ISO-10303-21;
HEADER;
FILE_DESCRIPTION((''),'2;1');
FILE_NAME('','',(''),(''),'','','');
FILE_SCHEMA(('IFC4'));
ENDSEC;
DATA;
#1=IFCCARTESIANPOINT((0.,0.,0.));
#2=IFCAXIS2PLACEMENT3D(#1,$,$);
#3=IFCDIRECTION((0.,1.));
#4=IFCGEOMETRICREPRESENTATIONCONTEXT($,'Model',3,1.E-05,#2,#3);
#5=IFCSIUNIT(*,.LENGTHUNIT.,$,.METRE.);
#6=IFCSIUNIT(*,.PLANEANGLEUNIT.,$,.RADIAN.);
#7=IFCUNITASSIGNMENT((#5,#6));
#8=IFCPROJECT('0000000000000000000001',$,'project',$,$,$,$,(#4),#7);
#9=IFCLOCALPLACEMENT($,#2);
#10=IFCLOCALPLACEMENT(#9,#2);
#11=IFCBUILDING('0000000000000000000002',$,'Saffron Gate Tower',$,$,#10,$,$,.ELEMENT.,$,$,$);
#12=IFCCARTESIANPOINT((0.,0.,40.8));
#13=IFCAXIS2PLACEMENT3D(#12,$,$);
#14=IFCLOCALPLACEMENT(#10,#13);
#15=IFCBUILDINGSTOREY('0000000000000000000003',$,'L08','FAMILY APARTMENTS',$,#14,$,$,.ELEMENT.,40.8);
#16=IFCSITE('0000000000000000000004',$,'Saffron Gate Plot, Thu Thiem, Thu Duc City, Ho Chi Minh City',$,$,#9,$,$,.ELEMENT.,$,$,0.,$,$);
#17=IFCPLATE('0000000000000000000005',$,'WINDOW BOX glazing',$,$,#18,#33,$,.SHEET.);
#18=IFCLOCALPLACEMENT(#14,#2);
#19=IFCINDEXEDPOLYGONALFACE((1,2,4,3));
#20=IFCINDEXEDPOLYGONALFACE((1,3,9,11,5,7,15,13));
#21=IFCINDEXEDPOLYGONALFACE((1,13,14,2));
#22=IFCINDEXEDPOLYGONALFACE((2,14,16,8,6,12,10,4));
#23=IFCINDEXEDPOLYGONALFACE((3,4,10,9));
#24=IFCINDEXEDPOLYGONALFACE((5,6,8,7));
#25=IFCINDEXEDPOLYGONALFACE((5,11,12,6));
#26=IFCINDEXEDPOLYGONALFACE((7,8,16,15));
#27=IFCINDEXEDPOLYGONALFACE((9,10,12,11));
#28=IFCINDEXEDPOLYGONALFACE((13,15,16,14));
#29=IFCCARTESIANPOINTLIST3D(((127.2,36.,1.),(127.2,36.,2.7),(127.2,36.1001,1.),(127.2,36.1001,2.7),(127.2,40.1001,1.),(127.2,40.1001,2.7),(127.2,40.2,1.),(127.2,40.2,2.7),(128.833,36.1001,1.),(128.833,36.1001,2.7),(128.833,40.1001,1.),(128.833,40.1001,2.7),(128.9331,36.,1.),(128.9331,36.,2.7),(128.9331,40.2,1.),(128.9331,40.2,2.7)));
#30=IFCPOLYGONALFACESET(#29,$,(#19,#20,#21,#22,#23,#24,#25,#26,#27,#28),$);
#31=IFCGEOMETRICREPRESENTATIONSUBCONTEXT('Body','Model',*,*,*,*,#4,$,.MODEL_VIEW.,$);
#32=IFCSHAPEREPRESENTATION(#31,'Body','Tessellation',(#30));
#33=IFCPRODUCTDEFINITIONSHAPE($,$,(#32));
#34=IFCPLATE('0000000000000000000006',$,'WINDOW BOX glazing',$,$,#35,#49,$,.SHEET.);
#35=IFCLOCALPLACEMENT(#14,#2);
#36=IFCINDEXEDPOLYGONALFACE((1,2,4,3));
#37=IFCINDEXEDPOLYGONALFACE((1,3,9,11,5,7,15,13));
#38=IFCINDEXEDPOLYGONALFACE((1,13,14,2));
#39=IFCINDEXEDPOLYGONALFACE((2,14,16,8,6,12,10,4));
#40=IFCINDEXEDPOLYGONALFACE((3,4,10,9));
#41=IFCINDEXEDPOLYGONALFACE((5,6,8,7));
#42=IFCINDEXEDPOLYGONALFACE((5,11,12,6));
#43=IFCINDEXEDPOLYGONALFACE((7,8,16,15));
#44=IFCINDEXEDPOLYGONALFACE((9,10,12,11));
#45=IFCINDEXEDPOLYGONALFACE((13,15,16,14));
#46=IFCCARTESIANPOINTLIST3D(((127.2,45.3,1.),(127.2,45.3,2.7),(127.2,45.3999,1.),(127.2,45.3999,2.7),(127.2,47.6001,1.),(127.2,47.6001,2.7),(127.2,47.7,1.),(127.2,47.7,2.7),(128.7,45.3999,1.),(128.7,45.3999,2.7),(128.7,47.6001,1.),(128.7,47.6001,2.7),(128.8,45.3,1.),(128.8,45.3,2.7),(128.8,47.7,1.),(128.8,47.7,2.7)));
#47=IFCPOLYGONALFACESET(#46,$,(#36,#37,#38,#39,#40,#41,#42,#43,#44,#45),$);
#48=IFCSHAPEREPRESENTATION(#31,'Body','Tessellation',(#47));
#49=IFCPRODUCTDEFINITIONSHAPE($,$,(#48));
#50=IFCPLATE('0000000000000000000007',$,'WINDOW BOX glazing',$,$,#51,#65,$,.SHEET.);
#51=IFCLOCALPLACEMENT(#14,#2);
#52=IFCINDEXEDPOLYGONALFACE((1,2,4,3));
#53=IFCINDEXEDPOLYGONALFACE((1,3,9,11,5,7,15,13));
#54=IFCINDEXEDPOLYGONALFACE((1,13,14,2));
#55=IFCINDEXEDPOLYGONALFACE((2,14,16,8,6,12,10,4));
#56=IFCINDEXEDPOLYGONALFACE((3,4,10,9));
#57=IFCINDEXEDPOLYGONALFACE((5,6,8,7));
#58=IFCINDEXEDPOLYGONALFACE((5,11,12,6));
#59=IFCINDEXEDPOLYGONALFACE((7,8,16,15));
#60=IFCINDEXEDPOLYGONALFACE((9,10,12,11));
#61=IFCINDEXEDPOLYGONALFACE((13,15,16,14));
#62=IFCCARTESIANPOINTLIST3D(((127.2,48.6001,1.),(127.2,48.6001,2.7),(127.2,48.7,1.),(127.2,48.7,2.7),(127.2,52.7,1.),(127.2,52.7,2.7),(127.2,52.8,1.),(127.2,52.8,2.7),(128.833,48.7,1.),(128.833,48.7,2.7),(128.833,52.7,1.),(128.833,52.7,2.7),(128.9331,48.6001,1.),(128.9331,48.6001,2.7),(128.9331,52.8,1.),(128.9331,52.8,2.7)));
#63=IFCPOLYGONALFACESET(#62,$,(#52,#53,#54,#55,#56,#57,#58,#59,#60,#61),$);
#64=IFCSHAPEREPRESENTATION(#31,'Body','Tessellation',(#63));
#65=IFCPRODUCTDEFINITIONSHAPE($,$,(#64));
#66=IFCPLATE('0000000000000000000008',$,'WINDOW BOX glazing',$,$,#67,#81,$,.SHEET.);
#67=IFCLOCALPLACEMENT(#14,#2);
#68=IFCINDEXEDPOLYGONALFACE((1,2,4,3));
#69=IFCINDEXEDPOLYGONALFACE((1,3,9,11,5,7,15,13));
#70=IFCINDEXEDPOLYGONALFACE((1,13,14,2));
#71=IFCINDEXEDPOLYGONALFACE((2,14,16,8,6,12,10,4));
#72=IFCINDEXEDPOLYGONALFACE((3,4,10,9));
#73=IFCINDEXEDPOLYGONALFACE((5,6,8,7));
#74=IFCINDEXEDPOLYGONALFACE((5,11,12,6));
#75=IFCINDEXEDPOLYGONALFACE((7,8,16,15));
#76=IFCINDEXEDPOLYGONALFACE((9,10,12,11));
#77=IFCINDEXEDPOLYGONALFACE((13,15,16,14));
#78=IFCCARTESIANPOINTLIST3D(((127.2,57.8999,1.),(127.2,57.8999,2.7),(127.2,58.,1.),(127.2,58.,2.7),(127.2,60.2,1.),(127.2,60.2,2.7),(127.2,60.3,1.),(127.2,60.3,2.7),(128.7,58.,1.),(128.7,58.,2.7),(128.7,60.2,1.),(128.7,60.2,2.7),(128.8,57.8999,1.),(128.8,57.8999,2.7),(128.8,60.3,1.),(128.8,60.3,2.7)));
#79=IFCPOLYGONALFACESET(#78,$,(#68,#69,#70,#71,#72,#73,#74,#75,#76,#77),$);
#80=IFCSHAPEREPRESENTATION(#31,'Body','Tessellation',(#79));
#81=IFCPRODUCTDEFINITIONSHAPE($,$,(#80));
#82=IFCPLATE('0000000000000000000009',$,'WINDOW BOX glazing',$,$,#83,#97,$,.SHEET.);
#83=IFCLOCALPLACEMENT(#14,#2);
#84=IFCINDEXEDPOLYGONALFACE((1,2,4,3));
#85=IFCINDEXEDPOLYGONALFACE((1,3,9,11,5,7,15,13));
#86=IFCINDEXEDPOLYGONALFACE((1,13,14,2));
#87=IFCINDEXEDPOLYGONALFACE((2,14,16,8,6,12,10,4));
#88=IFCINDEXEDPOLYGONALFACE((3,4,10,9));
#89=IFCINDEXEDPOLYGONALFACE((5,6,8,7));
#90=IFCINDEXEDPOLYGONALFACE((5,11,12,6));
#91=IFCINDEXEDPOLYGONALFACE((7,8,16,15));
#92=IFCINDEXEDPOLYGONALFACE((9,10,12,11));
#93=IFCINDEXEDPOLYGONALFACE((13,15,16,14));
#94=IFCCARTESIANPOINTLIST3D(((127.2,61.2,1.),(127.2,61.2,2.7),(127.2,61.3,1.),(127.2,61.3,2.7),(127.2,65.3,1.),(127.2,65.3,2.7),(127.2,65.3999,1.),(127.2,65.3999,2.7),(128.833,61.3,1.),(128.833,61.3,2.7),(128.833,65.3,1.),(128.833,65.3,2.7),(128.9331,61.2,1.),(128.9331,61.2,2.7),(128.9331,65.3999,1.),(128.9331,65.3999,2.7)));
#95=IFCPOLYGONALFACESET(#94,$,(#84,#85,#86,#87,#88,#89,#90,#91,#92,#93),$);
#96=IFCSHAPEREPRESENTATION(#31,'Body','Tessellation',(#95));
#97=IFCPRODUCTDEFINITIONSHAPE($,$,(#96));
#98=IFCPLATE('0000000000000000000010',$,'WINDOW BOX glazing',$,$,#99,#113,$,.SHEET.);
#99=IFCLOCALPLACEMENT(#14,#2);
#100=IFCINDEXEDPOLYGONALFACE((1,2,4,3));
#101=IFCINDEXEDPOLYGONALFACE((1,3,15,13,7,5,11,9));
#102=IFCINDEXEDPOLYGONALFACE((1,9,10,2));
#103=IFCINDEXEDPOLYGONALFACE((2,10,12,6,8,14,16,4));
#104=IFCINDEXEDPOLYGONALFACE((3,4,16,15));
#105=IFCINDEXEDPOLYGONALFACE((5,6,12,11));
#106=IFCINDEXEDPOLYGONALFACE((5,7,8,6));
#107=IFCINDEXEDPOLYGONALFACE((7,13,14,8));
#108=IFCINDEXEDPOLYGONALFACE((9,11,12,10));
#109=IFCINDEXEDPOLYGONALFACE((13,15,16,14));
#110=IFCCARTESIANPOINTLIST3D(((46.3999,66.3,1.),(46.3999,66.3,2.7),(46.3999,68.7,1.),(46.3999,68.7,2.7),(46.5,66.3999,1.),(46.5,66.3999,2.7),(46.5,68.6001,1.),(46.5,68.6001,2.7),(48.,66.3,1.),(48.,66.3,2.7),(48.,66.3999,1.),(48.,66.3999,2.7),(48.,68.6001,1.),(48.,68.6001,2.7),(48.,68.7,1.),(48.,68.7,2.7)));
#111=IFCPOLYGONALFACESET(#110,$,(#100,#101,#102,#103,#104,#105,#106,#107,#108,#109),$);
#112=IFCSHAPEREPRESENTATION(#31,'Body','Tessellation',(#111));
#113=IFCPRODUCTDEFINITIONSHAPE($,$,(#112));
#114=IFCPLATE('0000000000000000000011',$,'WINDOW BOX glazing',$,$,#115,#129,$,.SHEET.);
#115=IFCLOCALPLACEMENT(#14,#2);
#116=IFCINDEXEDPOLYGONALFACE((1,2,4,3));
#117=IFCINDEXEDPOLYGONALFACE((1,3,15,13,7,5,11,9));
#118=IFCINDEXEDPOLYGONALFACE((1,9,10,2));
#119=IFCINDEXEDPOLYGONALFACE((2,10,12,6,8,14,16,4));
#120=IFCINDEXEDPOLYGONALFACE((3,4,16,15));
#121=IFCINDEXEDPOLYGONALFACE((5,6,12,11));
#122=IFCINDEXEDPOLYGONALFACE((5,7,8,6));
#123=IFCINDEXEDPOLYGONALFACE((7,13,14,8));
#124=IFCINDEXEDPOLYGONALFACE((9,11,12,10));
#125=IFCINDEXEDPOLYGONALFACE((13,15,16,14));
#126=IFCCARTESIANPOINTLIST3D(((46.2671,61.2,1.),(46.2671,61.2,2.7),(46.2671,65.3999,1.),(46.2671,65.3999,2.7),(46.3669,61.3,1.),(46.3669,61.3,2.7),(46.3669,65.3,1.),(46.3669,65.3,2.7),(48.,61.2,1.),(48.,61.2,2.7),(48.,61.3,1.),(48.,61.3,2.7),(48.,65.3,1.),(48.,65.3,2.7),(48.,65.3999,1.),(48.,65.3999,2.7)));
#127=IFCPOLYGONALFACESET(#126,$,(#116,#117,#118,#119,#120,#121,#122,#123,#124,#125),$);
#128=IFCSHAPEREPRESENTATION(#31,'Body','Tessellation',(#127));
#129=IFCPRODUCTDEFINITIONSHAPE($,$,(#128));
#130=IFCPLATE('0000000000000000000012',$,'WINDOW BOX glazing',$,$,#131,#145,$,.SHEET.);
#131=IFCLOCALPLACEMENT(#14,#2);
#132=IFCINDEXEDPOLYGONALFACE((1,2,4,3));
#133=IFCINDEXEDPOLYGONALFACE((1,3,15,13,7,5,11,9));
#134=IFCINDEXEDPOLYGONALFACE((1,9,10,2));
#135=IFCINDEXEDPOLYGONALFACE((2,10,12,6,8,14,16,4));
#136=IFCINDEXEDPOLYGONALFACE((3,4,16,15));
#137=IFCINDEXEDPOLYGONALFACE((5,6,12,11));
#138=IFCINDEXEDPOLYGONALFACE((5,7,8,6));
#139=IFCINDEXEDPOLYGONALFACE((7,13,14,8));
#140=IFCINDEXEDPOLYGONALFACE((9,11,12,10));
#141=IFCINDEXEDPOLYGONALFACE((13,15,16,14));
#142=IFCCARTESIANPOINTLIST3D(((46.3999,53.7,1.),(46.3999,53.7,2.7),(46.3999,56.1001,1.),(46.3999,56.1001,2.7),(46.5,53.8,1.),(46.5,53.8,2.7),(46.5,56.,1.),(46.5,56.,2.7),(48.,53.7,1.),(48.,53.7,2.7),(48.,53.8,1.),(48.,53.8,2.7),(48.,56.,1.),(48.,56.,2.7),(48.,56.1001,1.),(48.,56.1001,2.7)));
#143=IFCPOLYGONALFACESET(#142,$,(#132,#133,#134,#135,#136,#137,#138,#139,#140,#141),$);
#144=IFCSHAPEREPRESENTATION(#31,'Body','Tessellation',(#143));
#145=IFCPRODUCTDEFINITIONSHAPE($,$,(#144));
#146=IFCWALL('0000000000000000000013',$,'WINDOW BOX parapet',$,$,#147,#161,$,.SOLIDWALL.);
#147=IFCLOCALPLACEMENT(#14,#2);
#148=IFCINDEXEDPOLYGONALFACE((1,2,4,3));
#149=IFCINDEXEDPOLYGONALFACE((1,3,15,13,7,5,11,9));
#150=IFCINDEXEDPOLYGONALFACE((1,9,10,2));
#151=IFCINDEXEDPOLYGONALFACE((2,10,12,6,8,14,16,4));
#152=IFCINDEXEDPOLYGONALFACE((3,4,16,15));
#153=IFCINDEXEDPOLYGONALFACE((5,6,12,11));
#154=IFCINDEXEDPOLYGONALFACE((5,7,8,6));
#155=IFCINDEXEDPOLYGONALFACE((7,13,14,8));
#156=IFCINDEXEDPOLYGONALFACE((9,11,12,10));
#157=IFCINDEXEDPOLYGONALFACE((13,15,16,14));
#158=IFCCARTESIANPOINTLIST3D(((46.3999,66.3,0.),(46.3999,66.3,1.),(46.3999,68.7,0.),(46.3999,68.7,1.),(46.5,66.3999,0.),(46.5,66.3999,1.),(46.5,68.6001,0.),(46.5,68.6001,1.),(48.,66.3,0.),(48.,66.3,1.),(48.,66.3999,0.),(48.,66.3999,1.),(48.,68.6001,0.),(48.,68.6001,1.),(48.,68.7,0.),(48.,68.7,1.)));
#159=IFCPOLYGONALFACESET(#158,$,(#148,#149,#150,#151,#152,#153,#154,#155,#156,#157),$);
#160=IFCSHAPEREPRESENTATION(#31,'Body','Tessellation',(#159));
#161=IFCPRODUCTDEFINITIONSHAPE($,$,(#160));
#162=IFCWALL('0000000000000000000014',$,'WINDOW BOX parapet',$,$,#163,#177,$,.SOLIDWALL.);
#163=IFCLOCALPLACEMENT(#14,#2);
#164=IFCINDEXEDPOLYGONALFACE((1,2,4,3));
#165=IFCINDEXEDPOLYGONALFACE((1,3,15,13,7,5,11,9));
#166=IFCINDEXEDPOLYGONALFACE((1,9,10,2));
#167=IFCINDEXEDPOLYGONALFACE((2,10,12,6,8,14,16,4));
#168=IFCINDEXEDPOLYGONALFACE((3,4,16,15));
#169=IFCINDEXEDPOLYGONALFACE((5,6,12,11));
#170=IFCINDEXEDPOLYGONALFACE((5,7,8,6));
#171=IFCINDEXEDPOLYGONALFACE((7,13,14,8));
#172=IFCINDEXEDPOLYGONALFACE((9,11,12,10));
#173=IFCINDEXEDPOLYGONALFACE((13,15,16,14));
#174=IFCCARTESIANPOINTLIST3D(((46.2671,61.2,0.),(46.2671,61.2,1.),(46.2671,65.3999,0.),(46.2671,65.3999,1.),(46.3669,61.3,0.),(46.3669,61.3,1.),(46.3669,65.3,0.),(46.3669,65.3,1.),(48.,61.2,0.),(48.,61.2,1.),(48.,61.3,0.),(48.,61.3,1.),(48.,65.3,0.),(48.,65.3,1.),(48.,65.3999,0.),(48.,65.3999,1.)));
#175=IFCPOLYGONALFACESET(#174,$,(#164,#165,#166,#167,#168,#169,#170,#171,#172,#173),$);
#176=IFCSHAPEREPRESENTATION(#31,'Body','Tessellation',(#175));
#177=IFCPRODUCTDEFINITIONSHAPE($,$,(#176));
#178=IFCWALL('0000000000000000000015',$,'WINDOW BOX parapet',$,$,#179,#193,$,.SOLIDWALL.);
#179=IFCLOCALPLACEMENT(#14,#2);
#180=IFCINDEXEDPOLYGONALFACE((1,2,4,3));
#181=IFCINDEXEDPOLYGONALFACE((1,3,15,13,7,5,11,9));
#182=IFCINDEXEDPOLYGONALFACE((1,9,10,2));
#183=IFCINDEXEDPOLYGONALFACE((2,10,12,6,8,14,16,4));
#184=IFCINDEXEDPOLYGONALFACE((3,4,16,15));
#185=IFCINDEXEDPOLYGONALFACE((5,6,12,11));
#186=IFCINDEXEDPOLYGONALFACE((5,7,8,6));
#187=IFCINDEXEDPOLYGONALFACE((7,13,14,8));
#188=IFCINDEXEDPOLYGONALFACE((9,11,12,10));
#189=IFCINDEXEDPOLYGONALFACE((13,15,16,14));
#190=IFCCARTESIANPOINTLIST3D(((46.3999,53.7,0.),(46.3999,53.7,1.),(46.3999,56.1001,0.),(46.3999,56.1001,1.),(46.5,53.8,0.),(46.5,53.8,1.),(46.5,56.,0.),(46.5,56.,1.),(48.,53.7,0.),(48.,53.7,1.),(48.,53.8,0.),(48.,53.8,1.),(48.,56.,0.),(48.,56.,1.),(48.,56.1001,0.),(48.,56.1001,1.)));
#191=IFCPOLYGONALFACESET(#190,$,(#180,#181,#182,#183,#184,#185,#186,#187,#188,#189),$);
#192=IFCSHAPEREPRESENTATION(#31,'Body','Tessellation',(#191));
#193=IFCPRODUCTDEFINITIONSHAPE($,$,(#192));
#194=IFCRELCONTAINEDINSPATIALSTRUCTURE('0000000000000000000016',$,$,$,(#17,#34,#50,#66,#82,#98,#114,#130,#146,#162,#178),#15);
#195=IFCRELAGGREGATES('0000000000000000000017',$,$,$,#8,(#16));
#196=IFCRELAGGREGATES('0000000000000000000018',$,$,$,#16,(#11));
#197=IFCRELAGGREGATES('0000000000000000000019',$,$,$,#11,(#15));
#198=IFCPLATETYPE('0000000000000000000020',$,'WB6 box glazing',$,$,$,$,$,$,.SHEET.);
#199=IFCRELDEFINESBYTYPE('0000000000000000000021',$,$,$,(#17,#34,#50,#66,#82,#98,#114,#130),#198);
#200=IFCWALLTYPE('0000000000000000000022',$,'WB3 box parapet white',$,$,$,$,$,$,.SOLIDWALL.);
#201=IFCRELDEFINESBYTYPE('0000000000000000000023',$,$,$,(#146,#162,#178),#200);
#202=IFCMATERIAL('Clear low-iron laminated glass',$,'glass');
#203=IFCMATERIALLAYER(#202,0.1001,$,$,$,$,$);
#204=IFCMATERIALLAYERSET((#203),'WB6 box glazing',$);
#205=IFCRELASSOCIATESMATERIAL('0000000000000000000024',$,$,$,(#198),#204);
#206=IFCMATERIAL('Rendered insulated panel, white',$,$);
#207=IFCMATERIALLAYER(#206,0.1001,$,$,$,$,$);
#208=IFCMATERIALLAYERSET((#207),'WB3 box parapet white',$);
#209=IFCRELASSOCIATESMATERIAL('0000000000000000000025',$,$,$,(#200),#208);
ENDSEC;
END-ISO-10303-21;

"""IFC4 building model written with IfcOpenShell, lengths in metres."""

from ifc_helpers import new_model, si_unit, direction, frame, origin, place, context, subcontext, project, spatial, polyline, outline, extrude, material, layer, layer_set, type_object, element, save


model = new_model("IFC4")

# Units and contexts
model_context = context("Model", 3, precision=1e-05, world=origin(), true_north=direction((0.0, 1.0)))
body_context = subcontext(model_context, "Body", "Model", "MODEL_VIEW")
ifc_project = project(units=[si_unit("LENGTHUNIT", "METRE"), si_unit("PLANEANGLEUNIT", "RADIAN")], contexts=[model_context])

# Site, building, storey
site_placement = place(None, origin())
site = spatial("IfcSite", under=ifc_project, at=site_placement, Name="Saffron Gate Plot, Thu Thiem, Thu Duc City, Ho Chi Minh City", CompositionType="ELEMENT", RefElevation=0.0)
building_placement = place(site_placement, origin())
building = spatial("IfcBuilding", under=site, at=building_placement, Name="Saffron Gate Tower", CompositionType="ELEMENT")
storey_placement = place(building_placement, frame((0.0, 0.0, 40.8)))
storey = spatial("IfcBuildingStorey", under=building, at=storey_placement, Name="L08", Description="FAMILY APARTMENTS", CompositionType="ELEMENT", Elevation=40.8)

# Plates
ifc_material_1 = material(Name="Clear low-iron laminated glass", Category="glass")
ifc_layer_1 = layer(ifc_material_1, 0.1001)
ifc_layer_set_1 = layer_set([ifc_layer_1], Name="WB6 box glazing")
plate_type_1 = type_object("IfcPlateType", Name="WB6 box glazing", PredefinedType="SHEET", material=ifc_layer_set_1)
plate_1_placement = place(storey_placement, frame((0.0, 0.0, 1.0)))
element("IfcPlate", 1, at=plate_1_placement, inside=storey, type_object=plate_type_1, Name="WINDOW BOX glazing", PredefinedType="SHEET", context=body_context, shape_type="SweptSolid", body=[
    extrude(outline(polyline([(127.2, 36.0), (127.2, 36.1001), (128.833, 36.1001), (128.833, 40.1001), (127.2, 40.1001), (127.2, 40.2), (128.9331, 40.2), (128.9331, 36.0), (127.2, 36.0)])), origin(), (0.0, 0.0, 1.0), 1.7),
])
plate_2_placement = place(storey_placement, frame((0.0, 0.0, 1.0)))
element("IfcPlate", 2, at=plate_2_placement, inside=storey, type_object=plate_type_1, Name="WINDOW BOX glazing", PredefinedType="SHEET", context=body_context, shape_type="SweptSolid", body=[
    extrude(outline(polyline([(127.2, 45.3), (127.2, 45.3999), (128.7, 45.3999), (128.7, 47.6001), (127.2, 47.6001), (127.2, 47.7), (128.8, 47.7), (128.8, 45.3), (127.2, 45.3)])), origin(), (0.0, 0.0, 1.0), 1.7),
])
plate_3_placement = place(storey_placement, frame((0.0, 0.0, 1.0)))
element("IfcPlate", 3, at=plate_3_placement, inside=storey, type_object=plate_type_1, Name="WINDOW BOX glazing", PredefinedType="SHEET", context=body_context, shape_type="SweptSolid", body=[
    extrude(outline(polyline([(127.2, 48.6001), (127.2, 48.7), (128.833, 48.7), (128.833, 52.7), (127.2, 52.7), (127.2, 52.8), (128.9331, 52.8), (128.9331, 48.6001), (127.2, 48.6001)])), origin(), (0.0, 0.0, 1.0), 1.7),
])
plate_4_placement = place(storey_placement, frame((0.0, 0.0, 1.0)))
element("IfcPlate", 4, at=plate_4_placement, inside=storey, type_object=plate_type_1, Name="WINDOW BOX glazing", PredefinedType="SHEET", context=body_context, shape_type="SweptSolid", body=[
    extrude(outline(polyline([(127.2, 57.8999), (127.2, 58.0), (128.7, 58.0), (128.7, 60.2), (127.2, 60.2), (127.2, 60.3), (128.8, 60.3), (128.8, 57.8999), (127.2, 57.8999)])), origin(), (0.0, 0.0, 1.0), 1.7),
])
plate_5_placement = place(storey_placement, frame((0.0, 0.0, 1.0)))
element("IfcPlate", 5, at=plate_5_placement, inside=storey, type_object=plate_type_1, Name="WINDOW BOX glazing", PredefinedType="SHEET", context=body_context, shape_type="SweptSolid", body=[
    extrude(outline(polyline([(127.2, 61.2), (127.2, 61.3), (128.833, 61.3), (128.833, 65.3), (127.2, 65.3), (127.2, 65.3999), (128.9331, 65.3999), (128.9331, 61.2), (127.2, 61.2)])), origin(), (0.0, 0.0, 1.0), 1.7),
])
plate_6_placement = place(storey_placement, frame((0.0, 0.0, 1.0)))
element("IfcPlate", 6, at=plate_6_placement, inside=storey, type_object=plate_type_1, Name="WINDOW BOX glazing", PredefinedType="SHEET", context=body_context, shape_type="SweptSolid", body=[
    extrude(outline(polyline([(48.0, 68.7), (48.0, 68.6001), (46.5, 68.6001), (46.5, 66.3999), (48.0, 66.3999), (48.0, 66.3), (46.3999, 66.3), (46.3999, 68.7), (48.0, 68.7)])), origin(), (0.0, 0.0, 1.0), 1.7),
])
plate_7_placement = place(storey_placement, frame((0.0, 0.0, 1.0)))
element("IfcPlate", 7, at=plate_7_placement, inside=storey, type_object=plate_type_1, Name="WINDOW BOX glazing", PredefinedType="SHEET", context=body_context, shape_type="SweptSolid", body=[
    extrude(outline(polyline([(48.0, 65.3999), (48.0, 65.3), (46.3669, 65.3), (46.3669, 61.3), (48.0, 61.3), (48.0, 61.2), (46.2671, 61.2), (46.2671, 65.3999), (48.0, 65.3999)])), origin(), (0.0, 0.0, 1.0), 1.7),
])
plate_8_placement = place(storey_placement, frame((0.0, 0.0, 1.0)))
element("IfcPlate", 8, at=plate_8_placement, inside=storey, type_object=plate_type_1, Name="WINDOW BOX glazing", PredefinedType="SHEET", context=body_context, shape_type="SweptSolid", body=[
    extrude(outline(polyline([(48.0, 56.1001), (48.0, 56.0), (46.5, 56.0), (46.5, 53.8), (48.0, 53.8), (48.0, 53.7), (46.3999, 53.7), (46.3999, 56.1001), (48.0, 56.1001)])), origin(), (0.0, 0.0, 1.0), 1.7),
])

# Walls
ifc_material_2 = material(Name="Rendered insulated panel, white")
ifc_layer_2 = layer(ifc_material_2, 0.1001)
ifc_layer_set_2 = layer_set([ifc_layer_2], Name="WB3 box parapet white")
wall_type = type_object("IfcWallType", Name="WB3 box parapet white", PredefinedType="SOLIDWALL", material=ifc_layer_set_2)
wall_1_placement = place(storey_placement, origin())
element("IfcWall", 9, at=wall_1_placement, inside=storey, type_object=wall_type, Name="WINDOW BOX parapet", PredefinedType="SOLIDWALL", context=body_context, shape_type="SweptSolid", body=[
    extrude(outline(polyline([(48.0, 68.7), (48.0, 68.6001), (46.5, 68.6001), (46.5, 66.3999), (48.0, 66.3999), (48.0, 66.3), (46.3999, 66.3), (46.3999, 68.7), (48.0, 68.7)])), origin(), (0.0, 0.0, 1.0), 1.0),
])
wall_2_placement = place(storey_placement, origin())
element("IfcWall", 10, at=wall_2_placement, inside=storey, type_object=wall_type, Name="WINDOW BOX parapet", PredefinedType="SOLIDWALL", context=body_context, shape_type="SweptSolid", body=[
    extrude(outline(polyline([(48.0, 65.3999), (48.0, 65.3), (46.3669, 65.3), (46.3669, 61.3), (48.0, 61.3), (48.0, 61.2), (46.2671, 61.2), (46.2671, 65.3999), (48.0, 65.3999)])), origin(), (0.0, 0.0, 1.0), 1.0),
])
wall_3_placement = place(storey_placement, origin())
element("IfcWall", 11, at=wall_3_placement, inside=storey, type_object=wall_type, Name="WINDOW BOX parapet", PredefinedType="SOLIDWALL", context=body_context, shape_type="SweptSolid", body=[
    extrude(outline(polyline([(48.0, 56.1001), (48.0, 56.0), (46.5, 56.0), (46.5, 53.8), (48.0, 53.8), (48.0, 53.7), (46.3999, 53.7), (46.3999, 56.1001), (48.0, 56.1001)])), origin(), (0.0, 0.0, 1.0), 1.0),
])

save(model, "model.ifc")
